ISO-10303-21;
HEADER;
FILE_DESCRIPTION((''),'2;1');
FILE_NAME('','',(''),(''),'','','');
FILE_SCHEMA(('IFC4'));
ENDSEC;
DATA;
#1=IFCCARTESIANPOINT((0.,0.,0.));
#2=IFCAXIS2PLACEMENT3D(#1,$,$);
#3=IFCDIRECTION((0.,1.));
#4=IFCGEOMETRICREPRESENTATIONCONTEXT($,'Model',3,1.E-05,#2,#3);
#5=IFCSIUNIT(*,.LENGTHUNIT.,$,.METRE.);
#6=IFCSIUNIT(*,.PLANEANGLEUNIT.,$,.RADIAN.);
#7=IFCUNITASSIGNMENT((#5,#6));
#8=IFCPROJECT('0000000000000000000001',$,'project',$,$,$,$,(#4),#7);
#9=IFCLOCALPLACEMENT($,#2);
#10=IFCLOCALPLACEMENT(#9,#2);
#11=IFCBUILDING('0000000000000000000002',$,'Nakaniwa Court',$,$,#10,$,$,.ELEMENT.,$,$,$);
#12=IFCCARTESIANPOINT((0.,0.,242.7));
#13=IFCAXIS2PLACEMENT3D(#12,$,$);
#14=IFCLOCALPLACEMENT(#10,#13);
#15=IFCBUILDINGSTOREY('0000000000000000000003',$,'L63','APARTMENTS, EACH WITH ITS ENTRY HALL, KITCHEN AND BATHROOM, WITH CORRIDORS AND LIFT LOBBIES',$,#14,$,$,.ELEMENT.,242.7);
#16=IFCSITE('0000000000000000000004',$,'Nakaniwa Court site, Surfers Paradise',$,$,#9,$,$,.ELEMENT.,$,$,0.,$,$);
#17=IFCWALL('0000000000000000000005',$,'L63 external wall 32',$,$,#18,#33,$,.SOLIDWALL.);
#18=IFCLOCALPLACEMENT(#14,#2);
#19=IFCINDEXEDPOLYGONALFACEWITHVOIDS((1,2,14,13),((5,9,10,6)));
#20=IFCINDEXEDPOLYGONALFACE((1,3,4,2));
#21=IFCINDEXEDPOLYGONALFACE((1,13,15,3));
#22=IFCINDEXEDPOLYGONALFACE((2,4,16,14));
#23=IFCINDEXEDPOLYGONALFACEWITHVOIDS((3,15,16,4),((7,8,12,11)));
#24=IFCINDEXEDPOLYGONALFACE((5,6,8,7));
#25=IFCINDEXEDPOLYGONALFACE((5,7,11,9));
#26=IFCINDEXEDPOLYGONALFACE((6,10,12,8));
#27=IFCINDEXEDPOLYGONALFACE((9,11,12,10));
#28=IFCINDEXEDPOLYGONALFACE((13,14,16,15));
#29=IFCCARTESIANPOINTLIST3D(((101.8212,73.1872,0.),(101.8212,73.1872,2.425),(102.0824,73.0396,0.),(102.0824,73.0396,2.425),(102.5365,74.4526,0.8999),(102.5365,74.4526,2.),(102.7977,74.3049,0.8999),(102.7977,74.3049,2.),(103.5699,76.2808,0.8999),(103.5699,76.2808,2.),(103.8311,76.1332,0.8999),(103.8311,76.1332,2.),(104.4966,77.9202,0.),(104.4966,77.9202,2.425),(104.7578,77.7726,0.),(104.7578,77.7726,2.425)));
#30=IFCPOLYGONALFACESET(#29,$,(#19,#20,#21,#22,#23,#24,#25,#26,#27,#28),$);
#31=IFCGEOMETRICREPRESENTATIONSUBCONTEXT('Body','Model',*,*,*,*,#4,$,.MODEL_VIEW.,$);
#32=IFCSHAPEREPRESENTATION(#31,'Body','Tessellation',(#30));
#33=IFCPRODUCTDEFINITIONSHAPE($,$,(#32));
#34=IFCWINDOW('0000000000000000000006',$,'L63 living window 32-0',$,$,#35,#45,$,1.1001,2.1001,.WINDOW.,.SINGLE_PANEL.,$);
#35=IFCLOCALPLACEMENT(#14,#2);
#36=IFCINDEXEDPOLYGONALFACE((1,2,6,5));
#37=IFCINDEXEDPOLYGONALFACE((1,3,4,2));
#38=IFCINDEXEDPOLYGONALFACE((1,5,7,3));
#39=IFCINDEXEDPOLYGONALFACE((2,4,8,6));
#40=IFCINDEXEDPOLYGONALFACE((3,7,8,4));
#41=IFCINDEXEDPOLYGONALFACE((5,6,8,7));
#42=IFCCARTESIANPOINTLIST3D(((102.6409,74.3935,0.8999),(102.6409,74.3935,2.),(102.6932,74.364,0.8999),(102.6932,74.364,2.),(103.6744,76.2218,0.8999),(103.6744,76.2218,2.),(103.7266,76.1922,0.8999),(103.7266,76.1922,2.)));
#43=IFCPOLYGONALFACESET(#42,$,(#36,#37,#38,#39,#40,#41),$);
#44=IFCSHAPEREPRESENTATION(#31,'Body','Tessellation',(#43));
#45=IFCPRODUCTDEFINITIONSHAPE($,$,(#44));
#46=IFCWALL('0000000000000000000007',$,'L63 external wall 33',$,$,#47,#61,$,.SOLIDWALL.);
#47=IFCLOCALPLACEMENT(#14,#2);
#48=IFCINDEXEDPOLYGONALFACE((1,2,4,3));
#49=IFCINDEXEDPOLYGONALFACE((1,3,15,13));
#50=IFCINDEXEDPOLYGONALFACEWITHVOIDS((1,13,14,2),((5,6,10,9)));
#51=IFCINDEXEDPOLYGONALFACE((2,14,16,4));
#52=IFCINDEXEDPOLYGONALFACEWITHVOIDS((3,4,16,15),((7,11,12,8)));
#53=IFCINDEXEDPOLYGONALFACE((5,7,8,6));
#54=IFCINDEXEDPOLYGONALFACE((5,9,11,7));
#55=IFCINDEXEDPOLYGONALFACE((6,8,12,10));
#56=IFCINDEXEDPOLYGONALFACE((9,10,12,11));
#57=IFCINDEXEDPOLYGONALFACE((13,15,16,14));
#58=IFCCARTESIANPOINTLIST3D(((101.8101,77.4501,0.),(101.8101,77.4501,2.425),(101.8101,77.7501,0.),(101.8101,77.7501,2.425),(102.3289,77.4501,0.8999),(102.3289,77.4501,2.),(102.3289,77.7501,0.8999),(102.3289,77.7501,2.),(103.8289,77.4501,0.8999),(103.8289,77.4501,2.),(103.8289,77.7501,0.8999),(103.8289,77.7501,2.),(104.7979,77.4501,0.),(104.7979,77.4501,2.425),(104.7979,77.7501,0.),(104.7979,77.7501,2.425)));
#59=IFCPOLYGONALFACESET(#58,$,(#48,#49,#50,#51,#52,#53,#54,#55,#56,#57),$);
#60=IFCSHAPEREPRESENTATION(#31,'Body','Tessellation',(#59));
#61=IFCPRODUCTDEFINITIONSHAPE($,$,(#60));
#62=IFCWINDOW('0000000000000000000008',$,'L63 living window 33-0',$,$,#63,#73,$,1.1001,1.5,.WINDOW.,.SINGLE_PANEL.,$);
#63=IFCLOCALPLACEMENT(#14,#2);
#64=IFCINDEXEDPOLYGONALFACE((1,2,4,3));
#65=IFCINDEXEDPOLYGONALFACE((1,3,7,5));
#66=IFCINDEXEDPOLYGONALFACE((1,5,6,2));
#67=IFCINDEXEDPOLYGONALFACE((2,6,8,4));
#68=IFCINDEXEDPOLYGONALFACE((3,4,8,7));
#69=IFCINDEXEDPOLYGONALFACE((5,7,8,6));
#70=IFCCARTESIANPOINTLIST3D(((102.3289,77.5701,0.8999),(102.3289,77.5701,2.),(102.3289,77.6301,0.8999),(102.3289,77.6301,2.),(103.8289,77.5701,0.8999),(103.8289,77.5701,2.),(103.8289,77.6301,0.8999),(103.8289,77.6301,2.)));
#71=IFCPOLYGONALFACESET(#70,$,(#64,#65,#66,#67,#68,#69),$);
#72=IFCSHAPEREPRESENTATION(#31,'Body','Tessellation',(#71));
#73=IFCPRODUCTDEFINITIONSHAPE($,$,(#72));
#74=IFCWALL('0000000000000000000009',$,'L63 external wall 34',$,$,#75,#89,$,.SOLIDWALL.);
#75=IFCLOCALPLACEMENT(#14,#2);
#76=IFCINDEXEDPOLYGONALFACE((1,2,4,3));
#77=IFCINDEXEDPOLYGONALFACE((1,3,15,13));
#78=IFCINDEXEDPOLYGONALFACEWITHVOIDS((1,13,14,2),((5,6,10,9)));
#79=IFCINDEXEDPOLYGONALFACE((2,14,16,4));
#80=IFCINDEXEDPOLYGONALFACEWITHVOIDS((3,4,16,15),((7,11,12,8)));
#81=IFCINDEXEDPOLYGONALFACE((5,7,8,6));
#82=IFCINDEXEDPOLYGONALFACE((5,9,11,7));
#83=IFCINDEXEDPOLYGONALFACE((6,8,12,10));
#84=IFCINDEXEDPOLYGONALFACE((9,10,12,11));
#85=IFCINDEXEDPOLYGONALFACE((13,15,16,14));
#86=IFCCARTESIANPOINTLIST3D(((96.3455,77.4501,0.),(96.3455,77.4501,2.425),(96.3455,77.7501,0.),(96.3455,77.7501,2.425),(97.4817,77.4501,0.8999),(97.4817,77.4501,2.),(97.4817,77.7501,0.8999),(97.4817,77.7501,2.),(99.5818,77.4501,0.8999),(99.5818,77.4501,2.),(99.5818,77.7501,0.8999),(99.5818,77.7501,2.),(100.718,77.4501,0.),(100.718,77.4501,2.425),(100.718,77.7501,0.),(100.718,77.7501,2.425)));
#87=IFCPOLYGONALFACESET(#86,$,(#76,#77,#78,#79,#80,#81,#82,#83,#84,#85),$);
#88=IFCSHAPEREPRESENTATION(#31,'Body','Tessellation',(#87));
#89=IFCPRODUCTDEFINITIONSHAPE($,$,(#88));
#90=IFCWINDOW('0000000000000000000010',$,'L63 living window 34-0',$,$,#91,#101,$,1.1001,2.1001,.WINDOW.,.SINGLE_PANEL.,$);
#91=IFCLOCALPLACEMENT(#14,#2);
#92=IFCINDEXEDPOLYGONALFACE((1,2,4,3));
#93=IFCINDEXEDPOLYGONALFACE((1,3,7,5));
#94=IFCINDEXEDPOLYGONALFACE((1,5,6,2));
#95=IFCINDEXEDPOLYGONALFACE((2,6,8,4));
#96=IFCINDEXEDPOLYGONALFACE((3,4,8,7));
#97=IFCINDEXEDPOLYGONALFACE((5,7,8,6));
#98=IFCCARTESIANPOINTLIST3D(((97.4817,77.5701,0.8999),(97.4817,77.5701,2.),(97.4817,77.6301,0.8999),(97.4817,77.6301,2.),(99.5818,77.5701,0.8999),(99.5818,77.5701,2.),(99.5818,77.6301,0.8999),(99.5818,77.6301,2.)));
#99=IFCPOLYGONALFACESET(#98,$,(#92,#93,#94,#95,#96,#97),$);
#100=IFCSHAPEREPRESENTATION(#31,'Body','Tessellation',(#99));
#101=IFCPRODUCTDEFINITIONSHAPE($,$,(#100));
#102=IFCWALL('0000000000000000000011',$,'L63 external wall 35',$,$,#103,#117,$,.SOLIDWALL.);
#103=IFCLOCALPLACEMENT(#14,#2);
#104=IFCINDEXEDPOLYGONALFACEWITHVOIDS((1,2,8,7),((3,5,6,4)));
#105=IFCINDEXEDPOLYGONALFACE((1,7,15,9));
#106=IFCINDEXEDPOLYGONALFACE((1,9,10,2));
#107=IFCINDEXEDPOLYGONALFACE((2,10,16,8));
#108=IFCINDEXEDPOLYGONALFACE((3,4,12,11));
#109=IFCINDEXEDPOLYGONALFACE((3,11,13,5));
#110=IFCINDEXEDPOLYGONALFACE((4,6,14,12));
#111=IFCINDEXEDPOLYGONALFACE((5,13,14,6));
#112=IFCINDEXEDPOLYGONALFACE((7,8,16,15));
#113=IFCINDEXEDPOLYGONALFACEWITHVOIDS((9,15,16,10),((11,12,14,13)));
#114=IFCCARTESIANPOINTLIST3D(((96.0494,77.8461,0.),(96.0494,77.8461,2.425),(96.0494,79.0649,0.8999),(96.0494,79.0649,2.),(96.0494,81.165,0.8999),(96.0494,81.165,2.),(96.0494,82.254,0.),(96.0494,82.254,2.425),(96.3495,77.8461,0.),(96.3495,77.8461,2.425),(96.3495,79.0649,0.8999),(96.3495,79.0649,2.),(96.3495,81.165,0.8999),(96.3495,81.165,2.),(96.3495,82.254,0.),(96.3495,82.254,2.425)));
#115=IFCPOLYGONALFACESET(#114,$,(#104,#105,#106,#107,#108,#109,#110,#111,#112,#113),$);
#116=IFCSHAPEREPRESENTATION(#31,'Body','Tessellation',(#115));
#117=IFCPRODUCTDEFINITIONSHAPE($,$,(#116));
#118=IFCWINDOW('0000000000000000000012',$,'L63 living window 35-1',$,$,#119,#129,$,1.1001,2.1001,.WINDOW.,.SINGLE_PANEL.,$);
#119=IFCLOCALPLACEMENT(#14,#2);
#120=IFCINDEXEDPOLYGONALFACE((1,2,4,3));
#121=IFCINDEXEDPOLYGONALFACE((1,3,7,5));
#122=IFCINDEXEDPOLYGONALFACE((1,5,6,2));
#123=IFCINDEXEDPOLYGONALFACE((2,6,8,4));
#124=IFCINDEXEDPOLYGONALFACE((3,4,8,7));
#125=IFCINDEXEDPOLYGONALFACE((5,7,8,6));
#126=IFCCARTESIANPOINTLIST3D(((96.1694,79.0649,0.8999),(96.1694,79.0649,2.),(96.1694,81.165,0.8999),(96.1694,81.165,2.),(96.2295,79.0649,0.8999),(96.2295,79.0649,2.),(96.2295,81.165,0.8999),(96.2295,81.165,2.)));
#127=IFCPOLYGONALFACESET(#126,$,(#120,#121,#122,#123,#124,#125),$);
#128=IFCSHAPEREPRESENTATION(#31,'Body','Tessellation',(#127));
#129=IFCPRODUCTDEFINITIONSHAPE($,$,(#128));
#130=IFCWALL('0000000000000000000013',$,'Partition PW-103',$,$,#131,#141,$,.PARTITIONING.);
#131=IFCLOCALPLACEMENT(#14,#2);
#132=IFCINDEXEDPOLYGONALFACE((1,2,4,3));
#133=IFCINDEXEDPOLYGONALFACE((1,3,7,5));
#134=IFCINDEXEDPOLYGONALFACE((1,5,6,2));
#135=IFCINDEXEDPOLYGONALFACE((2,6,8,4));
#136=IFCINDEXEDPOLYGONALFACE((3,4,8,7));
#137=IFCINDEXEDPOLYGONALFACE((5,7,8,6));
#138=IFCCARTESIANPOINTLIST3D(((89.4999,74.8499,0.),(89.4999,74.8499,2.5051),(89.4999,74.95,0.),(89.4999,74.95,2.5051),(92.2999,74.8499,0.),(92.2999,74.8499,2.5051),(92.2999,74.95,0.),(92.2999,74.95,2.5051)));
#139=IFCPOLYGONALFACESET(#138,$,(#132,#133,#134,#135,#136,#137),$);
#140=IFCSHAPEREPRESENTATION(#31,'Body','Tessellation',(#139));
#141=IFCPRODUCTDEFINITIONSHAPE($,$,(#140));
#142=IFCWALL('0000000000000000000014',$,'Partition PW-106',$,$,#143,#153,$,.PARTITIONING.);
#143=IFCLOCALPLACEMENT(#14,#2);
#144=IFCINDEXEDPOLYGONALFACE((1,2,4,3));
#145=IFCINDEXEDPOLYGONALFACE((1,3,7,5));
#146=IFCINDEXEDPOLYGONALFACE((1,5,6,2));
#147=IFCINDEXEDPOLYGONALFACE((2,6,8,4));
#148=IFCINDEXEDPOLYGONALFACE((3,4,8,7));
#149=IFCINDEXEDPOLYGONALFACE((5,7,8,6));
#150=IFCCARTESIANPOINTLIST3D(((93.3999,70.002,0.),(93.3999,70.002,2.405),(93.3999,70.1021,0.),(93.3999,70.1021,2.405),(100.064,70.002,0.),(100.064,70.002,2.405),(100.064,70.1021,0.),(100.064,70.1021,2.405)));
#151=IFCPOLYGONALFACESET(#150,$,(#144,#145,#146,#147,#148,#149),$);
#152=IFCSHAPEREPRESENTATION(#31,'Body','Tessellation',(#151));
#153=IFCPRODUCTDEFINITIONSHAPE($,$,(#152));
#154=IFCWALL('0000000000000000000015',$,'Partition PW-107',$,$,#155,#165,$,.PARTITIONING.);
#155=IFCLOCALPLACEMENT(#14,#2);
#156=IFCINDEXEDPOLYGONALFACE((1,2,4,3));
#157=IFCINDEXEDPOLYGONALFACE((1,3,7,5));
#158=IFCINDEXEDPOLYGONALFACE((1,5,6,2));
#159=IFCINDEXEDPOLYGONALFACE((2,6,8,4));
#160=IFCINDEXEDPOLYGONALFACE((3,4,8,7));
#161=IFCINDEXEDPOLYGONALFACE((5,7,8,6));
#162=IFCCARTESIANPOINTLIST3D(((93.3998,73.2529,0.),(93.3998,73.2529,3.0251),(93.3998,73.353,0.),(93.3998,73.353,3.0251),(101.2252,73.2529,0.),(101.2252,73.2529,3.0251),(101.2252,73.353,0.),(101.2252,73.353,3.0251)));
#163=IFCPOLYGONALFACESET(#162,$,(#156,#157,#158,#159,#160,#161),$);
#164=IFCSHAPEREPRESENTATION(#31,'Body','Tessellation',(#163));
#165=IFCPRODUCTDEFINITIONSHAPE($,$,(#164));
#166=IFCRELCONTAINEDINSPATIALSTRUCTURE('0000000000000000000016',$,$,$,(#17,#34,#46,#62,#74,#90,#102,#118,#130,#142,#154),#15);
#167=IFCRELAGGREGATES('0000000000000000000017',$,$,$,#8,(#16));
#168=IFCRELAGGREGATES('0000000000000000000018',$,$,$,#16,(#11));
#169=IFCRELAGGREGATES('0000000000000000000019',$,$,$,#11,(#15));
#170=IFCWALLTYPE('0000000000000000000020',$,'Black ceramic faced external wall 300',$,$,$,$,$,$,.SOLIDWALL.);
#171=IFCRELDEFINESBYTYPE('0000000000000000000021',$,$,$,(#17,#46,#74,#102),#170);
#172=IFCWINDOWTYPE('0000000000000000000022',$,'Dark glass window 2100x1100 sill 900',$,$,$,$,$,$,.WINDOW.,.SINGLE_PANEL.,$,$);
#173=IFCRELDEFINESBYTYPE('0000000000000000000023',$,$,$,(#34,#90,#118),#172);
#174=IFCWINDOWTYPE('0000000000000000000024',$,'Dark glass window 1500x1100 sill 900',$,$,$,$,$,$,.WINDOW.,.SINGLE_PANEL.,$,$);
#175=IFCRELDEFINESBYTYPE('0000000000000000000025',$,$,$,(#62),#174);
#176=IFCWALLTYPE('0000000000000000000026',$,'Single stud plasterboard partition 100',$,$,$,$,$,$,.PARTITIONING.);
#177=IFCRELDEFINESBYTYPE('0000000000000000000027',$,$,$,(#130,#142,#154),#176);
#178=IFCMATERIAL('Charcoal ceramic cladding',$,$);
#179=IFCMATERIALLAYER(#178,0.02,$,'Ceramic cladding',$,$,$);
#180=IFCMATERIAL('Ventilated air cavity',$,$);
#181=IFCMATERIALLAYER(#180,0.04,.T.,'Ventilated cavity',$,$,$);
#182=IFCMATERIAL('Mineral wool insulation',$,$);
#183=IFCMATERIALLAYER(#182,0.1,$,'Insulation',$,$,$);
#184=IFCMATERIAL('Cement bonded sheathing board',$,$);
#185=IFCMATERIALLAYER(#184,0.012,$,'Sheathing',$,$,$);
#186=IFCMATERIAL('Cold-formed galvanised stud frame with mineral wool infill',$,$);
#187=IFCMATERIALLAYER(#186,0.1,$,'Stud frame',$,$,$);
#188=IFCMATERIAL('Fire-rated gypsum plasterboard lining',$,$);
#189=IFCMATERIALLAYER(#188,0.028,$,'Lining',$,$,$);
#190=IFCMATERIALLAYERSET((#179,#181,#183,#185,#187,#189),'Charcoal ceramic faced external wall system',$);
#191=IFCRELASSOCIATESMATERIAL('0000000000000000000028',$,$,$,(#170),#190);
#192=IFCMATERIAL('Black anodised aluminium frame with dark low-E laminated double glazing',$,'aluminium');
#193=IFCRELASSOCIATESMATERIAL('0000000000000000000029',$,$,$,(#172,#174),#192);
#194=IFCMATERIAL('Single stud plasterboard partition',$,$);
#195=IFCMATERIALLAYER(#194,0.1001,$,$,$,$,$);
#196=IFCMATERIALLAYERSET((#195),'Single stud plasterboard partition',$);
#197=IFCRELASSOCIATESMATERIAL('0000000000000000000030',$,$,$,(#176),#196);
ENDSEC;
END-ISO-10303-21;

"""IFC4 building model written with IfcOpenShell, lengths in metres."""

from ifc_helpers import new_model, si_unit, direction, frame, frame_2d, origin, place, context, subcontext, project, spatial, rectangle, extrude, material, layer, layer_set, type_object, element, fill, save


model = new_model("IFC4")

# Units and contexts
model_context = context("Model", 3, precision=1e-05, world=origin(), true_north=direction((0.0, 1.0)))
body_context = subcontext(model_context, "Body", "Model", "MODEL_VIEW")
ifc_project = project(units=[si_unit("LENGTHUNIT", "METRE"), si_unit("PLANEANGLEUNIT", "RADIAN")], contexts=[model_context])

# Site, building, storey
site_placement = place(None, origin())
site = spatial("IfcSite", under=ifc_project, at=site_placement, Name="Nakaniwa Court site, Surfers Paradise", CompositionType="ELEMENT", RefElevation=0.0)
building_placement = place(site_placement, origin())
building = spatial("IfcBuilding", under=site, at=building_placement, Name="Nakaniwa Court", CompositionType="ELEMENT")
storey_placement = place(building_placement, frame((0.0, 0.0, 242.7)))
storey = spatial("IfcBuildingStorey", under=building, at=storey_placement, Name="L63", Description="APARTMENTS, EACH WITH ITS ENTRY HALL, KITCHEN AND BATHROOM, WITH CORRIDORS AND LIFT LOBBIES", CompositionType="ELEMENT", Elevation=242.7)

# Walls, openings, windows
ifc_material_1 = material(Name="Charcoal ceramic cladding")
ifc_layer_1 = layer(ifc_material_1, 0.02, Name="Ceramic cladding")
ifc_material_2 = material(Name="Ventilated air cavity")
ifc_layer_2 = layer(ifc_material_2, 0.04, ventilated=True, Name="Ventilated cavity")
ifc_material_3 = material(Name="Mineral wool insulation")
ifc_layer_3 = layer(ifc_material_3, 0.1, Name="Insulation")
ifc_material_4 = material(Name="Cement bonded sheathing board")
ifc_layer_4 = layer(ifc_material_4, 0.012, Name="Sheathing")
ifc_material_5 = material(Name="Cold-formed galvanised stud frame with mineral wool infill")
ifc_layer_5 = layer(ifc_material_5, 0.1, Name="Stud frame")
ifc_material_6 = material(Name="Fire-rated gypsum plasterboard lining")
ifc_layer_6 = layer(ifc_material_6, 0.028, Name="Lining")
ifc_layer_set_1 = layer_set([ifc_layer_1, ifc_layer_2, ifc_layer_3, ifc_layer_4, ifc_layer_5, ifc_layer_6], Name="Charcoal ceramic faced external wall system")
wall_type_1 = type_object("IfcWallType", Name="Black ceramic faced external wall 300", PredefinedType="SOLIDWALL", material=ifc_layer_set_1)
wall_1_placement = place(storey_placement, frame((101.9519, 73.1135, 0.0), z_axis=(0.0, 0.0, 1.0), x_axis=(0.492081, 0.870549, 0.0)))
wall_1 = element("IfcWall", 1, at=wall_1_placement, inside=storey, type_object=wall_type_1, Name="L63 external wall 32", PredefinedType="SOLIDWALL", context=body_context, shape_type="SweptSolid", body=[
    extrude(rectangle(XDim=5.4368, YDim=0.3, at=frame_2d((2.7183, 0.0))), origin(), (0.0, 0.0, 1.0), 2.425),
])
opening_1_placement = place(wall_1_placement, frame((1.4534, 0.0, 0.8999)))
opening_1 = element("IfcOpeningElement", 2, at=opening_1_placement, cuts=wall_1, PredefinedType="OPENING", context=body_context, shape_type="SweptSolid", body=[
    extrude(rectangle(XDim=2.1001, YDim=1.1001, at=frame_2d((1.05, 0.55))), frame((0.0, 0.1599, 0.0), z_axis=(0.0, -1.0, 0.0), x_axis=(1.0, 0.0, 0.0)), (0.0, 0.0, 1.0), 0.3201),
])
ifc_material_7 = material(Name="Black anodised aluminium frame with dark low-E laminated double glazing", Category="aluminium")
window_type_1 = type_object("IfcWindowType", Name="Dark glass window 2100x1100 sill 900", PartitioningType="SINGLE_PANEL", PredefinedType="WINDOW", material=ifc_material_7)
window_1_placement = place(opening_1_placement, origin())
window_1 = element("IfcWindow", 3, at=window_1_placement, inside=storey, type_object=window_type_1, Name="L63 living window 32-0", OverallHeight=1.1001, OverallWidth=2.1001, PartitioningType="SINGLE_PANEL", PredefinedType="WINDOW", context=body_context, shape_type="SweptSolid", body=[
    extrude(rectangle(XDim=2.1001, YDim=1.1001, at=frame_2d((1.05, 0.55))), frame((0.0, 0.03, 0.0), z_axis=(0.0, -1.0, 0.0), x_axis=(1.0, 0.0, 0.0)), (0.0, 0.0, 1.0), 0.0601),
])
fill(opening_1, window_1)
wall_2_placement = place(storey_placement, frame((104.7979, 77.6001, 0.0), z_axis=(0.0, 0.0, 1.0), x_axis=(-1.0, 0.0, 0.0)))
wall_2 = element("IfcWall", 4, at=wall_2_placement, inside=storey, type_object=wall_type_1, Name="L63 external wall 33", PredefinedType="SOLIDWALL", context=body_context, shape_type="SweptSolid", body=[
    extrude(rectangle(XDim=2.9878, YDim=0.3, at=frame_2d((1.4939, 0.0))), origin(), (0.0, 0.0, 1.0), 2.425),
])
opening_2_placement = place(wall_2_placement, frame((0.969, 0.0, 0.8999)))
opening_2 = element("IfcOpeningElement", 5, at=opening_2_placement, cuts=wall_2, PredefinedType="OPENING", context=body_context, shape_type="SweptSolid", body=[
    extrude(rectangle(XDim=1.5, YDim=1.1001, at=frame_2d((0.75, 0.55))), frame((0.0, 0.1599, 0.0), z_axis=(0.0, -1.0, 0.0), x_axis=(1.0, 0.0, 0.0)), (0.0, 0.0, 1.0), 0.3201),
])
window_type_2 = type_object("IfcWindowType", Name="Dark glass window 1500x1100 sill 900", PartitioningType="SINGLE_PANEL", PredefinedType="WINDOW", material=ifc_material_7)
window_2_placement = place(opening_2_placement, origin())
window_2 = element("IfcWindow", 6, at=window_2_placement, inside=storey, type_object=window_type_2, Name="L63 living window 33-0", OverallHeight=1.1001, OverallWidth=1.5, PartitioningType="SINGLE_PANEL", PredefinedType="WINDOW", context=body_context, shape_type="SweptSolid", body=[
    extrude(rectangle(XDim=1.5, YDim=1.1001, at=frame_2d((0.75, 0.55))), frame((0.0, 0.03, 0.0), z_axis=(0.0, -1.0, 0.0), x_axis=(1.0, 0.0, 0.0)), (0.0, 0.0, 1.0), 0.0601),
])
fill(opening_2, window_2)
wall_3_placement = place(storey_placement, frame((100.718, 77.6001, 0.0), z_axis=(0.0, 0.0, 1.0), x_axis=(-1.0, 0.0, 0.0)))
wall_3 = element("IfcWall", 7, at=wall_3_placement, inside=storey, type_object=wall_type_1, Name="L63 external wall 34", PredefinedType="SOLIDWALL", context=body_context, shape_type="SweptSolid", body=[
    extrude(rectangle(XDim=4.3726, YDim=0.3, at=frame_2d((2.1863, 0.0))), origin(), (0.0, 0.0, 1.0), 2.425),
])
opening_3_placement = place(wall_3_placement, frame((1.1362, 0.0, 0.8999)))
opening_3 = element("IfcOpeningElement", 8, at=opening_3_placement, cuts=wall_3, PredefinedType="OPENING", context=body_context, shape_type="SweptSolid", body=[
    extrude(rectangle(XDim=2.1001, YDim=1.1001, at=frame_2d((1.05, 0.55))), frame((0.0, 0.1599, 0.0), z_axis=(0.0, -1.0, 0.0), x_axis=(1.0, 0.0, 0.0)), (0.0, 0.0, 1.0), 0.3201),
])
window_3_placement = place(opening_3_placement, origin())
window_3 = element("IfcWindow", 9, at=window_3_placement, inside=storey, type_object=window_type_1, Name="L63 living window 34-0", OverallHeight=1.1001, OverallWidth=2.1001, PartitioningType="SINGLE_PANEL", PredefinedType="WINDOW", context=body_context, shape_type="SweptSolid", body=[
    extrude(rectangle(XDim=2.1001, YDim=1.1001, at=frame_2d((1.05, 0.55))), frame((0.0, 0.03, 0.0), z_axis=(0.0, -1.0, 0.0), x_axis=(1.0, 0.0, 0.0)), (0.0, 0.0, 1.0), 0.0601),
])
fill(opening_3, window_3)
wall_4_placement = place(storey_placement, frame((96.1995, 77.8459, 0.0), z_axis=(0.0, 0.0, 1.0), x_axis=(0.0, 1.0, 0.0)))
wall_4 = element("IfcWall", 10, at=wall_4_placement, inside=storey, type_object=wall_type_1, Name="L63 external wall 35", PredefinedType="SOLIDWALL", context=body_context, shape_type="SweptSolid", body=[
    extrude(rectangle(XDim=4.408, YDim=0.3, at=frame_2d((2.2041, 0.0))), origin(), (0.0, 0.0, 1.0), 2.425),
])
opening_4_placement = place(wall_4_placement, frame((1.219, 0.0, 0.8999)))
opening_4 = element("IfcOpeningElement", 11, at=opening_4_placement, cuts=wall_4, PredefinedType="OPENING", context=body_context, shape_type="SweptSolid", body=[
    extrude(rectangle(XDim=2.1001, YDim=1.1001, at=frame_2d((1.05, 0.55))), frame((0.0, 0.1599, 0.0), z_axis=(0.0, -1.0, 0.0), x_axis=(1.0, 0.0, 0.0)), (0.0, 0.0, 1.0), 0.3201),
])
window_4_placement = place(opening_4_placement, origin())
window_4 = element("IfcWindow", 12, at=window_4_placement, inside=storey, type_object=window_type_1, Name="L63 living window 35-1", OverallHeight=1.1001, OverallWidth=2.1001, PartitioningType="SINGLE_PANEL", PredefinedType="WINDOW", context=body_context, shape_type="SweptSolid", body=[
    extrude(rectangle(XDim=2.1001, YDim=1.1001, at=frame_2d((1.05, 0.55))), frame((0.0, 0.03, 0.0), z_axis=(0.0, -1.0, 0.0), x_axis=(1.0, 0.0, 0.0)), (0.0, 0.0, 1.0), 0.0601),
])
fill(opening_4, window_4)

# Walls
ifc_material_8 = material(Name="Single stud plasterboard partition")
ifc_layer_7 = layer(ifc_material_8, 0.1001)
ifc_layer_set_2 = layer_set([ifc_layer_7], Name="Single stud plasterboard partition")
wall_type_2 = type_object("IfcWallType", Name="Single stud plasterboard partition 100", PredefinedType="PARTITIONING", material=ifc_layer_set_2)
wall_5_placement = place(storey_placement, frame((89.5, 74.8999, 0.0), z_axis=(0.0, 0.0, 1.0), x_axis=(1.0, 0.0, 0.0)))
element("IfcWall", 13, at=wall_5_placement, inside=storey, type_object=wall_type_2, Name="Partition PW-103", PredefinedType="PARTITIONING", context=body_context, shape_type="SweptSolid", body=[
    extrude(rectangle(XDim=2.8, YDim=0.1001, at=frame_2d((1.3999, 0.0))), origin(), (0.0, 0.0, 1.0), 2.5051),
])
wall_6_placement = place(storey_placement, frame((93.3999, 70.052, 0.0), z_axis=(0.0, 0.0, 1.0), x_axis=(1.0, 0.0, 0.0)))
element("IfcWall", 14, at=wall_6_placement, inside=storey, type_object=wall_type_2, Name="Partition PW-106", PredefinedType="PARTITIONING", context=body_context, shape_type="SweptSolid", body=[
    extrude(rectangle(XDim=6.6641, YDim=0.1001, at=frame_2d((3.332, 0.0))), origin(), (0.0, 0.0, 1.0), 2.405),
])
wall_7_placement = place(storey_placement, frame((93.3999, 73.303, 0.0), z_axis=(0.0, 0.0, 1.0), x_axis=(1.0, 0.0, 0.0)))
element("IfcWall", 15, at=wall_7_placement, inside=storey, type_object=wall_type_2, Name="Partition PW-107", PredefinedType="PARTITIONING", context=body_context, shape_type="SweptSolid", body=[
    extrude(rectangle(XDim=7.8254, YDim=0.1001, at=frame_2d((3.9126, 0.0))), origin(), (0.0, 0.0, 1.0), 3.0251),
])

save(model, "model.ifc")
